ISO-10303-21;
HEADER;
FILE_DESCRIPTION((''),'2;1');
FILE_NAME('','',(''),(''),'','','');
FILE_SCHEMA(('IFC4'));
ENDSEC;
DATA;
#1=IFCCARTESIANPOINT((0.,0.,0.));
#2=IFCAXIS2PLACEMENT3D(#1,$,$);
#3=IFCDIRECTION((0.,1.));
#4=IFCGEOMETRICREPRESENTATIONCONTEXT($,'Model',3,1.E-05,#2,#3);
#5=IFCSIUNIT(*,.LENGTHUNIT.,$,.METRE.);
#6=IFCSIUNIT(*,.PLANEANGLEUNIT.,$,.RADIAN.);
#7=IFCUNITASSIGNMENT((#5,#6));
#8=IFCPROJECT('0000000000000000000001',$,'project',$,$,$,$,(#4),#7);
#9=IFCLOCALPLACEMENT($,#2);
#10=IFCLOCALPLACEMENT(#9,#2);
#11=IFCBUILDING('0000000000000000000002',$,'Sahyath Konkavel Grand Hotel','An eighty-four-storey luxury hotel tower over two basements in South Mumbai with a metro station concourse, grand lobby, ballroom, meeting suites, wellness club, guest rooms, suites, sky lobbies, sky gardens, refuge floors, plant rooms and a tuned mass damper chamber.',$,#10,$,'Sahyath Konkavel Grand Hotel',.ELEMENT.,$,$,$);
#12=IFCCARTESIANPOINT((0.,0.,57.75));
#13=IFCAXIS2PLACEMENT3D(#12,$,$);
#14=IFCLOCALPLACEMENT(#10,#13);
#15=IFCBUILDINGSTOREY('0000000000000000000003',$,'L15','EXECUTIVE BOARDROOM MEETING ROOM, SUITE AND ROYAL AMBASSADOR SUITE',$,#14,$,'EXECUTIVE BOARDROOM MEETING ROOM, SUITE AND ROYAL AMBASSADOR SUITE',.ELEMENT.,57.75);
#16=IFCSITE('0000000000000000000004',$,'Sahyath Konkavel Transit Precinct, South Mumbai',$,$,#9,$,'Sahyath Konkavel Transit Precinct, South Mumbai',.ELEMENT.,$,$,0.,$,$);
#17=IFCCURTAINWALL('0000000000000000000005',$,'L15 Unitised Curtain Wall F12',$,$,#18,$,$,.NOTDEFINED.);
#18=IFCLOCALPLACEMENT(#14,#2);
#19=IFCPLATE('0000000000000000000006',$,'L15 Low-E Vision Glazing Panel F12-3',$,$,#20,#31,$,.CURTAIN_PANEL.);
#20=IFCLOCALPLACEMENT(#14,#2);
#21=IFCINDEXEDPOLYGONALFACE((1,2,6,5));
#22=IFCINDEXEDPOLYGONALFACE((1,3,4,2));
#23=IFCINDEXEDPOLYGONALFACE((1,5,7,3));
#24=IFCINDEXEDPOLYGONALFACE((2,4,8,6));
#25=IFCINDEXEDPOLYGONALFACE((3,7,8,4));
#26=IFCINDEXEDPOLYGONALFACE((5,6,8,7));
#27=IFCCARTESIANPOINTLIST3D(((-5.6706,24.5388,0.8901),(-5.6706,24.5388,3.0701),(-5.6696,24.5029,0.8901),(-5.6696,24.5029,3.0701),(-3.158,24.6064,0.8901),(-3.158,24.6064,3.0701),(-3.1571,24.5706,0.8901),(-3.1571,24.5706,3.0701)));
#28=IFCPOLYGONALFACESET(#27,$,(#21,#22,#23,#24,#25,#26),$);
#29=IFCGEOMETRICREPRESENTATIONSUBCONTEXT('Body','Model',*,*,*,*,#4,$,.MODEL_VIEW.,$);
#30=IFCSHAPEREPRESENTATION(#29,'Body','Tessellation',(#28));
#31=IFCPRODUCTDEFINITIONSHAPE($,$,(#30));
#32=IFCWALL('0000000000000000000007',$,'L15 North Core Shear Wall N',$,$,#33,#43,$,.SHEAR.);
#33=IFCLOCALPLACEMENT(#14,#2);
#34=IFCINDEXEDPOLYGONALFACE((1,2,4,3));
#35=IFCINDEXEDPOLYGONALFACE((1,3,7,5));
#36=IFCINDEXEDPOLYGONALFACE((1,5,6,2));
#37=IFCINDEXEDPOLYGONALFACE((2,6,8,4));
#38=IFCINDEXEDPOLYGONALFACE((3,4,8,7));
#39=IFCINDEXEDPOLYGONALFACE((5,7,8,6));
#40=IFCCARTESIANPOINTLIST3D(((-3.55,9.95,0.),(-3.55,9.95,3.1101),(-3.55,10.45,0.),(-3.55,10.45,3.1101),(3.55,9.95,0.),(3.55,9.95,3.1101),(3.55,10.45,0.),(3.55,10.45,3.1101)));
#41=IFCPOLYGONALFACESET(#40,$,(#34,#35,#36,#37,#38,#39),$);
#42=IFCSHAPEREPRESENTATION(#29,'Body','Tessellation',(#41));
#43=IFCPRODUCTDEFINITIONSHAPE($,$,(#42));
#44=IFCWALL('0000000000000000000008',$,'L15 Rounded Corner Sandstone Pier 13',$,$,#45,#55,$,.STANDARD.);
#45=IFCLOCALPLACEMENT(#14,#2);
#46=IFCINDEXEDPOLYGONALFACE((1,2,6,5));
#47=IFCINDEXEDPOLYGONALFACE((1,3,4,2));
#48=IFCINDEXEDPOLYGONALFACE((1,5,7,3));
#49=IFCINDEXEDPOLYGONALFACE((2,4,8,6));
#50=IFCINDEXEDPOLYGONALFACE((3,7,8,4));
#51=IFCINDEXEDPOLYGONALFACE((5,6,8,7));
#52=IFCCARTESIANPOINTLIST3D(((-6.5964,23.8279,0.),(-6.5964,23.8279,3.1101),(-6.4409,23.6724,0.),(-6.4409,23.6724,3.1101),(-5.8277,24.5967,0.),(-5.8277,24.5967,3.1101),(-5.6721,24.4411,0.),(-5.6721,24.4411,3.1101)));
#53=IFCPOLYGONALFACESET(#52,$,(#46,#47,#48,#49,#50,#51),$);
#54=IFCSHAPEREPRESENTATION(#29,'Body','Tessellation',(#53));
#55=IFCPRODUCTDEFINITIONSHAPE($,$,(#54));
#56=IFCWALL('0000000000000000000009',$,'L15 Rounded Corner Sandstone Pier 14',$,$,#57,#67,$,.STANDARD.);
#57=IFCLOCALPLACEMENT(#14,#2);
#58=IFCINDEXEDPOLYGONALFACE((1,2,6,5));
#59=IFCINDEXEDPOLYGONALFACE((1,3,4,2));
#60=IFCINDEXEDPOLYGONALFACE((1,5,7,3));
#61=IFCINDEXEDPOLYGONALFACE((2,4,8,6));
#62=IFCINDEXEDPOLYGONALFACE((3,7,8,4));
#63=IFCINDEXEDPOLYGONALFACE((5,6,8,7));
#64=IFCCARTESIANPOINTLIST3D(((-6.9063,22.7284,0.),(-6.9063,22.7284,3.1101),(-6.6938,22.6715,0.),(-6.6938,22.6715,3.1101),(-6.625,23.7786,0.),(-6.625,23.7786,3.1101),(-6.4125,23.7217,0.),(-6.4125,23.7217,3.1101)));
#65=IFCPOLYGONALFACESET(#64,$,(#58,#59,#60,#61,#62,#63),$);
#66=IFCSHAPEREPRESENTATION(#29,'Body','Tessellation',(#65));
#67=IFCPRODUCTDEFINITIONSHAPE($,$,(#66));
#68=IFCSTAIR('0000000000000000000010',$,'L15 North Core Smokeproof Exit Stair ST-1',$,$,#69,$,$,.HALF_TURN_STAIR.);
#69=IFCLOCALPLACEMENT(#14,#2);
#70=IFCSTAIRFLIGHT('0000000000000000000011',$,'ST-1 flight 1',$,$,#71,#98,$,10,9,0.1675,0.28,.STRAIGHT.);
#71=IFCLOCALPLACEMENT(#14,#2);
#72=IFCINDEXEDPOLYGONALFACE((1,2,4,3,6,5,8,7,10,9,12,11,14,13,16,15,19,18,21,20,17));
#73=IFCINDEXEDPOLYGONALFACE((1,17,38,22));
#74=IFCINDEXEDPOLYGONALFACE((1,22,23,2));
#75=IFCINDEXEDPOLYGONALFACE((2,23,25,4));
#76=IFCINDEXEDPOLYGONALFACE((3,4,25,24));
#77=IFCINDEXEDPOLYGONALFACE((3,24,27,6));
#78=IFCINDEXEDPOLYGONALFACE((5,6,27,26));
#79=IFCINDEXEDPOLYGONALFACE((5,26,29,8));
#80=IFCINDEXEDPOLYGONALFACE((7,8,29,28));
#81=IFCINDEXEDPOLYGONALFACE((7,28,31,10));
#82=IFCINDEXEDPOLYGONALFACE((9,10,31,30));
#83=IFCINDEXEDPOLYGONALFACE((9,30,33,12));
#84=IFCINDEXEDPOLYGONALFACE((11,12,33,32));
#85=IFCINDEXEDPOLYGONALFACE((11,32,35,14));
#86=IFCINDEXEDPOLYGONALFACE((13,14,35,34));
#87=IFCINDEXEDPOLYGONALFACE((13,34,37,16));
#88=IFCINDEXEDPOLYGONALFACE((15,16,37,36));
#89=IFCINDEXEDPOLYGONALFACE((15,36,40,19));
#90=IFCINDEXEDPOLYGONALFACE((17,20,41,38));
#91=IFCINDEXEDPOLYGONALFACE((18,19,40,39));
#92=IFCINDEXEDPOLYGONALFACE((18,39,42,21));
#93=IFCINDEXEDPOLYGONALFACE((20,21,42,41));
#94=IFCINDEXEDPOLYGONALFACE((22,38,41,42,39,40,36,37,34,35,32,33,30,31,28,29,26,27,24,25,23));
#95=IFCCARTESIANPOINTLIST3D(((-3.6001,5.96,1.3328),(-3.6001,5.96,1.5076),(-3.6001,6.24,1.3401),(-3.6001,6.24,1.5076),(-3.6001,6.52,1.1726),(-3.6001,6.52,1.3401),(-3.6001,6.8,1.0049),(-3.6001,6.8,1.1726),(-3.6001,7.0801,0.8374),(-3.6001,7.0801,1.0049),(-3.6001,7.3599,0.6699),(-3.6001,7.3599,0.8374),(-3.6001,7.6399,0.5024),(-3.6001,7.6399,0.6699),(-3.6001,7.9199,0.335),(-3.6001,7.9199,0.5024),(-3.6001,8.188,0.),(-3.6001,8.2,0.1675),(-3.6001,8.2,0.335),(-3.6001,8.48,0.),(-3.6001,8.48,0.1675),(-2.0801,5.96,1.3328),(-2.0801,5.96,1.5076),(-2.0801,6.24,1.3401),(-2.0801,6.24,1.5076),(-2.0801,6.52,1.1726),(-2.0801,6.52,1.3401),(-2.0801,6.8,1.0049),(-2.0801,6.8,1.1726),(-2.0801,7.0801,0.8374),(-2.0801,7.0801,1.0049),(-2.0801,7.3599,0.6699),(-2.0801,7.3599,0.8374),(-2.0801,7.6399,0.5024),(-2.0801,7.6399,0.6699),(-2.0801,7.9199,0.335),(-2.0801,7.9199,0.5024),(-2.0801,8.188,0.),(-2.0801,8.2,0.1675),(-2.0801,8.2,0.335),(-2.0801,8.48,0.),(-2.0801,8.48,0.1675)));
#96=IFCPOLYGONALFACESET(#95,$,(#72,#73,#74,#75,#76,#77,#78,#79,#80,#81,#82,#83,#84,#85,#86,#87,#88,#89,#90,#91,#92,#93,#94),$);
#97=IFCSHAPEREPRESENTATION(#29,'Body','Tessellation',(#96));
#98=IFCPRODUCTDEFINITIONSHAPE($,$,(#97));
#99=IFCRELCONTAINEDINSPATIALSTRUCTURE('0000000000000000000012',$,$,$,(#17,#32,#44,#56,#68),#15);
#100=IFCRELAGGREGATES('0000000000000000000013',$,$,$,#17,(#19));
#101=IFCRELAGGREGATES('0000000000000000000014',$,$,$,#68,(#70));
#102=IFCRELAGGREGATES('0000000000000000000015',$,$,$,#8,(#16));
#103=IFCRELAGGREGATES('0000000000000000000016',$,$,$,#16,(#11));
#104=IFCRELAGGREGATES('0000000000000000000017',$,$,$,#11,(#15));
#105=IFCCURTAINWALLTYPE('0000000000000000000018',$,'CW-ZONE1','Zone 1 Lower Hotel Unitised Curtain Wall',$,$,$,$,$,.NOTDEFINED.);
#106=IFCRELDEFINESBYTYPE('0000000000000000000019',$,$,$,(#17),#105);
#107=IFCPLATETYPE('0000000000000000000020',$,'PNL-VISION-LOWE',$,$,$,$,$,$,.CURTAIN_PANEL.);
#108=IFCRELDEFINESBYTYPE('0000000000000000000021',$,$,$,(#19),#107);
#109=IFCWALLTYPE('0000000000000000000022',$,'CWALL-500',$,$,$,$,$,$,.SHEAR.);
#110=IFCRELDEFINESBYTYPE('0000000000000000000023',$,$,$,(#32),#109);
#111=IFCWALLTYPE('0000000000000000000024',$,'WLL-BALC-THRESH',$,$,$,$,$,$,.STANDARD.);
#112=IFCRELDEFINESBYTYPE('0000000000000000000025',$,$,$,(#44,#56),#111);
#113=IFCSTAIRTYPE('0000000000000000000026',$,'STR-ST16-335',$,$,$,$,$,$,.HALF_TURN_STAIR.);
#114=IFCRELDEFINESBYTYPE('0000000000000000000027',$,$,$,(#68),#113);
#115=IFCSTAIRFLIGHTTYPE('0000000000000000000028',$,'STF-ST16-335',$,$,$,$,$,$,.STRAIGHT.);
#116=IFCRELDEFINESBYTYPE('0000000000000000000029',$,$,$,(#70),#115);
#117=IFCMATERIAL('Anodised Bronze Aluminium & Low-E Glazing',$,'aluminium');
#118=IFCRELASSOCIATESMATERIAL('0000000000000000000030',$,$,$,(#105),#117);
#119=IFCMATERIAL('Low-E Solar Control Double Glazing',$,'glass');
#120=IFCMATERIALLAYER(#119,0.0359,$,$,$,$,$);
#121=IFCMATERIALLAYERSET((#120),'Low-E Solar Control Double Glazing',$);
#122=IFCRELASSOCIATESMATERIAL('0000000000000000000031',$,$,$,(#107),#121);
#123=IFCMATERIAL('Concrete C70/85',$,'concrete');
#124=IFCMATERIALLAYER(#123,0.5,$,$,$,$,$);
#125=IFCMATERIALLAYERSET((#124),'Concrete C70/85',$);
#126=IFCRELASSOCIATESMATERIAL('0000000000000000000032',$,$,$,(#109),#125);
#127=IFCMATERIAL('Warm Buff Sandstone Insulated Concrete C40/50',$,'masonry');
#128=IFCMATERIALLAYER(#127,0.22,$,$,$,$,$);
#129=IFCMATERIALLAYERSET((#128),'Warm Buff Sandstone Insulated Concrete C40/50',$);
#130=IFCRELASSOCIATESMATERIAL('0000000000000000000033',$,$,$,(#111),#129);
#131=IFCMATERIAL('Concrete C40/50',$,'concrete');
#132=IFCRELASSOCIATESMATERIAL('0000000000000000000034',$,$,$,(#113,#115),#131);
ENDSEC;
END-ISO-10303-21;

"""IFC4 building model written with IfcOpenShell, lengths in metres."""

from ifc_helpers import new_model, si_unit, direction, frame, frame_2d, origin, origin_2d, place, context, subcontext, project, spatial, polyline, rectangle, outline, extrude, source, transform, mapped, material, layer, layer_set, type_object, element, aggregate, save


model = new_model("IFC4")

# Units and contexts
model_context = context("Model", 3, precision=1e-05, world=origin(), true_north=direction((0.0, 1.0)))
body_context = subcontext(model_context, "Body", "Model", "MODEL_VIEW")
ifc_project = project(units=[si_unit("LENGTHUNIT", "METRE"), si_unit("PLANEANGLEUNIT", "RADIAN")], contexts=[model_context])

# Site, building, storey
site_placement = place(None, origin())
site = spatial("IfcSite", under=ifc_project, at=site_placement, Name="Sahyath Konkavel Transit Precinct, South Mumbai", LongName="Sahyath Konkavel Transit Precinct, South Mumbai", CompositionType="ELEMENT", RefElevation=0.0)
building_placement = place(site_placement, origin())
building = spatial("IfcBuilding", under=site, at=building_placement, Name="Sahyath Konkavel Grand Hotel", Description="An eighty-four-storey luxury hotel tower over two basements in South Mumbai with a metro station concourse, grand lobby, ballroom, meeting suites, wellness club, guest rooms, suites, sky lobbies, sky gardens, refuge floors, plant rooms and a tuned mass damper chamber.", LongName="Sahyath Konkavel Grand Hotel", CompositionType="ELEMENT")
storey_placement = place(building_placement, frame((0.0, 0.0, 57.75)))
storey = spatial("IfcBuildingStorey", under=building, at=storey_placement, Name="L15", Description="EXECUTIVE BOARDROOM MEETING ROOM, SUITE AND ROYAL AMBASSADOR SUITE", LongName="EXECUTIVE BOARDROOM MEETING ROOM, SUITE AND ROYAL AMBASSADOR SUITE", CompositionType="ELEMENT", Elevation=57.75)

# Shared definitions
ifc_material_1 = material(Name="Concrete C70/85", Category="concrete")

# Curtain wall
ifc_material_2 = material(Name="Anodised Bronze Aluminium & Low-E Glazing", Category="aluminium")
curtain_wall_type = type_object("IfcCurtainWallType", Name="CW-ZONE1", Description="Zone 1 Lower Hotel Unitised Curtain Wall", PredefinedType="NOTDEFINED", material=ifc_material_2)
curtain_wall_1_placement = place(storey_placement, origin())
curtain_wall_1 = element("IfcCurtainWall", 1, at=curtain_wall_1_placement, inside=storey, type_object=curtain_wall_type, Name="L15 Unitised Curtain Wall F12", PredefinedType="NOTDEFINED")

# Plate
ifc_material_3 = material(Name="Low-E Solar Control Double Glazing", Category="glass")
ifc_layer_1 = layer(ifc_material_3, 0.0359)
ifc_layer_set_1 = layer_set([ifc_layer_1], Name="Low-E Solar Control Double Glazing")
plate_type_1 = type_object("IfcPlateType", Name="PNL-VISION-LOWE", PredefinedType="CURTAIN_PANEL", material=ifc_layer_set_1)
shared_shape_1 = source(origin(), body_context, "Body", "SweptSolid", [
    extrude(rectangle(XDim=2.5134, YDim=0.0359, at=origin_2d()), origin(), (0.0, 0.0, 1.0), 2.1799),
])
plate_1_placement = place(storey_placement, frame((-4.4138, 24.5547, 0.8901), z_axis=(0.0, 0.0, 1.0), x_axis=(-0.999638, -0.02691, 0.0)))
plate_1 = element("IfcPlate", 2, at=plate_1_placement, type_object=plate_type_1, Name="L15 Low-E Vision Glazing Panel F12-3", PredefinedType="CURTAIN_PANEL", context=body_context, shape_type="MappedRepresentation", body=[
    mapped(shared_shape_1, transform((0.0, 0.0, 0.0), scale=1.0)),
])
aggregate(curtain_wall_1, [plate_1])

# Walls
ifc_layer_2 = layer(ifc_material_1, 0.5)
ifc_layer_set_2 = layer_set([ifc_layer_2], Name="Concrete C70/85")
wall_type_1 = type_object("IfcWallType", Name="CWALL-500", PredefinedType="SHEAR", material=ifc_layer_set_2)
wall_placement = place(storey_placement, frame((-3.55, 10.2, 0.0), z_axis=(0.0, 0.0, 1.0), x_axis=(1.0, 0.0, 0.0)))
element("IfcWall", 3, at=wall_placement, inside=storey, type_object=wall_type_1, Name="L15 North Core Shear Wall N", PredefinedType="SHEAR", context=body_context, shape_type="SweptSolid", body=[
    extrude(rectangle(XDim=7.1001, YDim=0.5, at=frame_2d((3.55, 0.0))), origin(), (0.0, 0.0, 1.0), 3.1101),
])
ifc_material_4 = material(Name="Warm Buff Sandstone Insulated Concrete C40/50", Category="masonry")
ifc_layer_3 = layer(ifc_material_4, 0.22)
ifc_layer_set_3 = layer_set([ifc_layer_3], Name="Warm Buff Sandstone Insulated Concrete C40/50")
wall_type_2 = type_object("IfcWallType", Name="WLL-BALC-THRESH", PredefinedType="STANDARD", material=ifc_layer_set_3)
for number, where, z_axis, x_axis, name in (
    (4, (-5.75, 24.5188, 0.0), (0.0, 0.0, 1.0), (-0.707107, -0.707107, 0.0), "L15 Rounded Corner Sandstone Pier 13"),
    (5, (-6.5188, 23.75, 0.0), (0.0, 0.0, 1.0), (-0.258725, -0.965951, 0.0), "L15 Rounded Corner Sandstone Pier 14"),
):
    element("IfcWall", number, at=place(storey_placement, frame(where, z_axis=z_axis, x_axis=x_axis)), inside=storey, type_object=wall_type_2, Name=name, PredefinedType="STANDARD", context=body_context, shape_type="SweptSolid", body=[
        extrude(rectangle(XDim=1.0872, YDim=0.22, at=frame_2d((0.5435, 0.0))), origin(), (0.0, 0.0, 1.0), 3.1101),
    ])

# Stair, stair flight
ifc_material_5 = material(Name="Concrete C40/50", Category="concrete")
stair_type = type_object("IfcStairType", Name="STR-ST16-335", PredefinedType="HALF_TURN_STAIR", material=ifc_material_5)
stair_placement = place(storey_placement, origin())
stair = element("IfcStair", 6, at=stair_placement, inside=storey, type_object=stair_type, Name="L15 North Core Smokeproof Exit Stair ST-1", PredefinedType="HALF_TURN_STAIR")
stair_flight_type = type_object("IfcStairFlightType", Name="STF-ST16-335", PredefinedType="STRAIGHT", material=ifc_material_5)
stair_flight_placement = place(storey_placement, frame((-2.8401, 8.48, 0.0), z_axis=(0.0, 0.0, 1.0), x_axis=(0.0, -1.0, 0.0)))
stair_flight = element("IfcStairFlight", 7, at=stair_flight_placement, type_object=stair_flight_type, Name="ST-1 flight 1", NumberOfRisers=10, NumberOfTreads=9, PredefinedType="STRAIGHT", RiserHeight=0.1675, TreadLength=0.28, context=body_context, shape_type="SweptSolid", body=[
    extrude(outline(polyline([(0.0, 0.0), (0.0, 0.1675), (0.28, 0.1675), (0.28, 0.335), (0.5601, 0.335), (0.5601, 0.5024), (0.8401, 0.5024), (0.8401, 0.6699), (1.1201, 0.6699), (1.1201, 0.8374), (1.3999, 0.8374), (1.3999, 1.0049), (1.6799, 1.0049), (1.6799, 1.1726), (1.96, 1.1726), (1.96, 1.3401), (2.24, 1.3401), (2.24, 1.5076), (2.52, 1.5076), (2.52, 1.675), (2.52, 1.3328), (0.292, 0.0), (0.0, 0.0)])), frame((0.0, 0.76, 0.0), z_axis=(0.0, -1.0, 0.0), x_axis=(1.0, 0.0, 0.0)), (0.0, 0.0, 1.0), 1.52),
])
aggregate(stair, [stair_flight])

save(model, "model.ifc")
